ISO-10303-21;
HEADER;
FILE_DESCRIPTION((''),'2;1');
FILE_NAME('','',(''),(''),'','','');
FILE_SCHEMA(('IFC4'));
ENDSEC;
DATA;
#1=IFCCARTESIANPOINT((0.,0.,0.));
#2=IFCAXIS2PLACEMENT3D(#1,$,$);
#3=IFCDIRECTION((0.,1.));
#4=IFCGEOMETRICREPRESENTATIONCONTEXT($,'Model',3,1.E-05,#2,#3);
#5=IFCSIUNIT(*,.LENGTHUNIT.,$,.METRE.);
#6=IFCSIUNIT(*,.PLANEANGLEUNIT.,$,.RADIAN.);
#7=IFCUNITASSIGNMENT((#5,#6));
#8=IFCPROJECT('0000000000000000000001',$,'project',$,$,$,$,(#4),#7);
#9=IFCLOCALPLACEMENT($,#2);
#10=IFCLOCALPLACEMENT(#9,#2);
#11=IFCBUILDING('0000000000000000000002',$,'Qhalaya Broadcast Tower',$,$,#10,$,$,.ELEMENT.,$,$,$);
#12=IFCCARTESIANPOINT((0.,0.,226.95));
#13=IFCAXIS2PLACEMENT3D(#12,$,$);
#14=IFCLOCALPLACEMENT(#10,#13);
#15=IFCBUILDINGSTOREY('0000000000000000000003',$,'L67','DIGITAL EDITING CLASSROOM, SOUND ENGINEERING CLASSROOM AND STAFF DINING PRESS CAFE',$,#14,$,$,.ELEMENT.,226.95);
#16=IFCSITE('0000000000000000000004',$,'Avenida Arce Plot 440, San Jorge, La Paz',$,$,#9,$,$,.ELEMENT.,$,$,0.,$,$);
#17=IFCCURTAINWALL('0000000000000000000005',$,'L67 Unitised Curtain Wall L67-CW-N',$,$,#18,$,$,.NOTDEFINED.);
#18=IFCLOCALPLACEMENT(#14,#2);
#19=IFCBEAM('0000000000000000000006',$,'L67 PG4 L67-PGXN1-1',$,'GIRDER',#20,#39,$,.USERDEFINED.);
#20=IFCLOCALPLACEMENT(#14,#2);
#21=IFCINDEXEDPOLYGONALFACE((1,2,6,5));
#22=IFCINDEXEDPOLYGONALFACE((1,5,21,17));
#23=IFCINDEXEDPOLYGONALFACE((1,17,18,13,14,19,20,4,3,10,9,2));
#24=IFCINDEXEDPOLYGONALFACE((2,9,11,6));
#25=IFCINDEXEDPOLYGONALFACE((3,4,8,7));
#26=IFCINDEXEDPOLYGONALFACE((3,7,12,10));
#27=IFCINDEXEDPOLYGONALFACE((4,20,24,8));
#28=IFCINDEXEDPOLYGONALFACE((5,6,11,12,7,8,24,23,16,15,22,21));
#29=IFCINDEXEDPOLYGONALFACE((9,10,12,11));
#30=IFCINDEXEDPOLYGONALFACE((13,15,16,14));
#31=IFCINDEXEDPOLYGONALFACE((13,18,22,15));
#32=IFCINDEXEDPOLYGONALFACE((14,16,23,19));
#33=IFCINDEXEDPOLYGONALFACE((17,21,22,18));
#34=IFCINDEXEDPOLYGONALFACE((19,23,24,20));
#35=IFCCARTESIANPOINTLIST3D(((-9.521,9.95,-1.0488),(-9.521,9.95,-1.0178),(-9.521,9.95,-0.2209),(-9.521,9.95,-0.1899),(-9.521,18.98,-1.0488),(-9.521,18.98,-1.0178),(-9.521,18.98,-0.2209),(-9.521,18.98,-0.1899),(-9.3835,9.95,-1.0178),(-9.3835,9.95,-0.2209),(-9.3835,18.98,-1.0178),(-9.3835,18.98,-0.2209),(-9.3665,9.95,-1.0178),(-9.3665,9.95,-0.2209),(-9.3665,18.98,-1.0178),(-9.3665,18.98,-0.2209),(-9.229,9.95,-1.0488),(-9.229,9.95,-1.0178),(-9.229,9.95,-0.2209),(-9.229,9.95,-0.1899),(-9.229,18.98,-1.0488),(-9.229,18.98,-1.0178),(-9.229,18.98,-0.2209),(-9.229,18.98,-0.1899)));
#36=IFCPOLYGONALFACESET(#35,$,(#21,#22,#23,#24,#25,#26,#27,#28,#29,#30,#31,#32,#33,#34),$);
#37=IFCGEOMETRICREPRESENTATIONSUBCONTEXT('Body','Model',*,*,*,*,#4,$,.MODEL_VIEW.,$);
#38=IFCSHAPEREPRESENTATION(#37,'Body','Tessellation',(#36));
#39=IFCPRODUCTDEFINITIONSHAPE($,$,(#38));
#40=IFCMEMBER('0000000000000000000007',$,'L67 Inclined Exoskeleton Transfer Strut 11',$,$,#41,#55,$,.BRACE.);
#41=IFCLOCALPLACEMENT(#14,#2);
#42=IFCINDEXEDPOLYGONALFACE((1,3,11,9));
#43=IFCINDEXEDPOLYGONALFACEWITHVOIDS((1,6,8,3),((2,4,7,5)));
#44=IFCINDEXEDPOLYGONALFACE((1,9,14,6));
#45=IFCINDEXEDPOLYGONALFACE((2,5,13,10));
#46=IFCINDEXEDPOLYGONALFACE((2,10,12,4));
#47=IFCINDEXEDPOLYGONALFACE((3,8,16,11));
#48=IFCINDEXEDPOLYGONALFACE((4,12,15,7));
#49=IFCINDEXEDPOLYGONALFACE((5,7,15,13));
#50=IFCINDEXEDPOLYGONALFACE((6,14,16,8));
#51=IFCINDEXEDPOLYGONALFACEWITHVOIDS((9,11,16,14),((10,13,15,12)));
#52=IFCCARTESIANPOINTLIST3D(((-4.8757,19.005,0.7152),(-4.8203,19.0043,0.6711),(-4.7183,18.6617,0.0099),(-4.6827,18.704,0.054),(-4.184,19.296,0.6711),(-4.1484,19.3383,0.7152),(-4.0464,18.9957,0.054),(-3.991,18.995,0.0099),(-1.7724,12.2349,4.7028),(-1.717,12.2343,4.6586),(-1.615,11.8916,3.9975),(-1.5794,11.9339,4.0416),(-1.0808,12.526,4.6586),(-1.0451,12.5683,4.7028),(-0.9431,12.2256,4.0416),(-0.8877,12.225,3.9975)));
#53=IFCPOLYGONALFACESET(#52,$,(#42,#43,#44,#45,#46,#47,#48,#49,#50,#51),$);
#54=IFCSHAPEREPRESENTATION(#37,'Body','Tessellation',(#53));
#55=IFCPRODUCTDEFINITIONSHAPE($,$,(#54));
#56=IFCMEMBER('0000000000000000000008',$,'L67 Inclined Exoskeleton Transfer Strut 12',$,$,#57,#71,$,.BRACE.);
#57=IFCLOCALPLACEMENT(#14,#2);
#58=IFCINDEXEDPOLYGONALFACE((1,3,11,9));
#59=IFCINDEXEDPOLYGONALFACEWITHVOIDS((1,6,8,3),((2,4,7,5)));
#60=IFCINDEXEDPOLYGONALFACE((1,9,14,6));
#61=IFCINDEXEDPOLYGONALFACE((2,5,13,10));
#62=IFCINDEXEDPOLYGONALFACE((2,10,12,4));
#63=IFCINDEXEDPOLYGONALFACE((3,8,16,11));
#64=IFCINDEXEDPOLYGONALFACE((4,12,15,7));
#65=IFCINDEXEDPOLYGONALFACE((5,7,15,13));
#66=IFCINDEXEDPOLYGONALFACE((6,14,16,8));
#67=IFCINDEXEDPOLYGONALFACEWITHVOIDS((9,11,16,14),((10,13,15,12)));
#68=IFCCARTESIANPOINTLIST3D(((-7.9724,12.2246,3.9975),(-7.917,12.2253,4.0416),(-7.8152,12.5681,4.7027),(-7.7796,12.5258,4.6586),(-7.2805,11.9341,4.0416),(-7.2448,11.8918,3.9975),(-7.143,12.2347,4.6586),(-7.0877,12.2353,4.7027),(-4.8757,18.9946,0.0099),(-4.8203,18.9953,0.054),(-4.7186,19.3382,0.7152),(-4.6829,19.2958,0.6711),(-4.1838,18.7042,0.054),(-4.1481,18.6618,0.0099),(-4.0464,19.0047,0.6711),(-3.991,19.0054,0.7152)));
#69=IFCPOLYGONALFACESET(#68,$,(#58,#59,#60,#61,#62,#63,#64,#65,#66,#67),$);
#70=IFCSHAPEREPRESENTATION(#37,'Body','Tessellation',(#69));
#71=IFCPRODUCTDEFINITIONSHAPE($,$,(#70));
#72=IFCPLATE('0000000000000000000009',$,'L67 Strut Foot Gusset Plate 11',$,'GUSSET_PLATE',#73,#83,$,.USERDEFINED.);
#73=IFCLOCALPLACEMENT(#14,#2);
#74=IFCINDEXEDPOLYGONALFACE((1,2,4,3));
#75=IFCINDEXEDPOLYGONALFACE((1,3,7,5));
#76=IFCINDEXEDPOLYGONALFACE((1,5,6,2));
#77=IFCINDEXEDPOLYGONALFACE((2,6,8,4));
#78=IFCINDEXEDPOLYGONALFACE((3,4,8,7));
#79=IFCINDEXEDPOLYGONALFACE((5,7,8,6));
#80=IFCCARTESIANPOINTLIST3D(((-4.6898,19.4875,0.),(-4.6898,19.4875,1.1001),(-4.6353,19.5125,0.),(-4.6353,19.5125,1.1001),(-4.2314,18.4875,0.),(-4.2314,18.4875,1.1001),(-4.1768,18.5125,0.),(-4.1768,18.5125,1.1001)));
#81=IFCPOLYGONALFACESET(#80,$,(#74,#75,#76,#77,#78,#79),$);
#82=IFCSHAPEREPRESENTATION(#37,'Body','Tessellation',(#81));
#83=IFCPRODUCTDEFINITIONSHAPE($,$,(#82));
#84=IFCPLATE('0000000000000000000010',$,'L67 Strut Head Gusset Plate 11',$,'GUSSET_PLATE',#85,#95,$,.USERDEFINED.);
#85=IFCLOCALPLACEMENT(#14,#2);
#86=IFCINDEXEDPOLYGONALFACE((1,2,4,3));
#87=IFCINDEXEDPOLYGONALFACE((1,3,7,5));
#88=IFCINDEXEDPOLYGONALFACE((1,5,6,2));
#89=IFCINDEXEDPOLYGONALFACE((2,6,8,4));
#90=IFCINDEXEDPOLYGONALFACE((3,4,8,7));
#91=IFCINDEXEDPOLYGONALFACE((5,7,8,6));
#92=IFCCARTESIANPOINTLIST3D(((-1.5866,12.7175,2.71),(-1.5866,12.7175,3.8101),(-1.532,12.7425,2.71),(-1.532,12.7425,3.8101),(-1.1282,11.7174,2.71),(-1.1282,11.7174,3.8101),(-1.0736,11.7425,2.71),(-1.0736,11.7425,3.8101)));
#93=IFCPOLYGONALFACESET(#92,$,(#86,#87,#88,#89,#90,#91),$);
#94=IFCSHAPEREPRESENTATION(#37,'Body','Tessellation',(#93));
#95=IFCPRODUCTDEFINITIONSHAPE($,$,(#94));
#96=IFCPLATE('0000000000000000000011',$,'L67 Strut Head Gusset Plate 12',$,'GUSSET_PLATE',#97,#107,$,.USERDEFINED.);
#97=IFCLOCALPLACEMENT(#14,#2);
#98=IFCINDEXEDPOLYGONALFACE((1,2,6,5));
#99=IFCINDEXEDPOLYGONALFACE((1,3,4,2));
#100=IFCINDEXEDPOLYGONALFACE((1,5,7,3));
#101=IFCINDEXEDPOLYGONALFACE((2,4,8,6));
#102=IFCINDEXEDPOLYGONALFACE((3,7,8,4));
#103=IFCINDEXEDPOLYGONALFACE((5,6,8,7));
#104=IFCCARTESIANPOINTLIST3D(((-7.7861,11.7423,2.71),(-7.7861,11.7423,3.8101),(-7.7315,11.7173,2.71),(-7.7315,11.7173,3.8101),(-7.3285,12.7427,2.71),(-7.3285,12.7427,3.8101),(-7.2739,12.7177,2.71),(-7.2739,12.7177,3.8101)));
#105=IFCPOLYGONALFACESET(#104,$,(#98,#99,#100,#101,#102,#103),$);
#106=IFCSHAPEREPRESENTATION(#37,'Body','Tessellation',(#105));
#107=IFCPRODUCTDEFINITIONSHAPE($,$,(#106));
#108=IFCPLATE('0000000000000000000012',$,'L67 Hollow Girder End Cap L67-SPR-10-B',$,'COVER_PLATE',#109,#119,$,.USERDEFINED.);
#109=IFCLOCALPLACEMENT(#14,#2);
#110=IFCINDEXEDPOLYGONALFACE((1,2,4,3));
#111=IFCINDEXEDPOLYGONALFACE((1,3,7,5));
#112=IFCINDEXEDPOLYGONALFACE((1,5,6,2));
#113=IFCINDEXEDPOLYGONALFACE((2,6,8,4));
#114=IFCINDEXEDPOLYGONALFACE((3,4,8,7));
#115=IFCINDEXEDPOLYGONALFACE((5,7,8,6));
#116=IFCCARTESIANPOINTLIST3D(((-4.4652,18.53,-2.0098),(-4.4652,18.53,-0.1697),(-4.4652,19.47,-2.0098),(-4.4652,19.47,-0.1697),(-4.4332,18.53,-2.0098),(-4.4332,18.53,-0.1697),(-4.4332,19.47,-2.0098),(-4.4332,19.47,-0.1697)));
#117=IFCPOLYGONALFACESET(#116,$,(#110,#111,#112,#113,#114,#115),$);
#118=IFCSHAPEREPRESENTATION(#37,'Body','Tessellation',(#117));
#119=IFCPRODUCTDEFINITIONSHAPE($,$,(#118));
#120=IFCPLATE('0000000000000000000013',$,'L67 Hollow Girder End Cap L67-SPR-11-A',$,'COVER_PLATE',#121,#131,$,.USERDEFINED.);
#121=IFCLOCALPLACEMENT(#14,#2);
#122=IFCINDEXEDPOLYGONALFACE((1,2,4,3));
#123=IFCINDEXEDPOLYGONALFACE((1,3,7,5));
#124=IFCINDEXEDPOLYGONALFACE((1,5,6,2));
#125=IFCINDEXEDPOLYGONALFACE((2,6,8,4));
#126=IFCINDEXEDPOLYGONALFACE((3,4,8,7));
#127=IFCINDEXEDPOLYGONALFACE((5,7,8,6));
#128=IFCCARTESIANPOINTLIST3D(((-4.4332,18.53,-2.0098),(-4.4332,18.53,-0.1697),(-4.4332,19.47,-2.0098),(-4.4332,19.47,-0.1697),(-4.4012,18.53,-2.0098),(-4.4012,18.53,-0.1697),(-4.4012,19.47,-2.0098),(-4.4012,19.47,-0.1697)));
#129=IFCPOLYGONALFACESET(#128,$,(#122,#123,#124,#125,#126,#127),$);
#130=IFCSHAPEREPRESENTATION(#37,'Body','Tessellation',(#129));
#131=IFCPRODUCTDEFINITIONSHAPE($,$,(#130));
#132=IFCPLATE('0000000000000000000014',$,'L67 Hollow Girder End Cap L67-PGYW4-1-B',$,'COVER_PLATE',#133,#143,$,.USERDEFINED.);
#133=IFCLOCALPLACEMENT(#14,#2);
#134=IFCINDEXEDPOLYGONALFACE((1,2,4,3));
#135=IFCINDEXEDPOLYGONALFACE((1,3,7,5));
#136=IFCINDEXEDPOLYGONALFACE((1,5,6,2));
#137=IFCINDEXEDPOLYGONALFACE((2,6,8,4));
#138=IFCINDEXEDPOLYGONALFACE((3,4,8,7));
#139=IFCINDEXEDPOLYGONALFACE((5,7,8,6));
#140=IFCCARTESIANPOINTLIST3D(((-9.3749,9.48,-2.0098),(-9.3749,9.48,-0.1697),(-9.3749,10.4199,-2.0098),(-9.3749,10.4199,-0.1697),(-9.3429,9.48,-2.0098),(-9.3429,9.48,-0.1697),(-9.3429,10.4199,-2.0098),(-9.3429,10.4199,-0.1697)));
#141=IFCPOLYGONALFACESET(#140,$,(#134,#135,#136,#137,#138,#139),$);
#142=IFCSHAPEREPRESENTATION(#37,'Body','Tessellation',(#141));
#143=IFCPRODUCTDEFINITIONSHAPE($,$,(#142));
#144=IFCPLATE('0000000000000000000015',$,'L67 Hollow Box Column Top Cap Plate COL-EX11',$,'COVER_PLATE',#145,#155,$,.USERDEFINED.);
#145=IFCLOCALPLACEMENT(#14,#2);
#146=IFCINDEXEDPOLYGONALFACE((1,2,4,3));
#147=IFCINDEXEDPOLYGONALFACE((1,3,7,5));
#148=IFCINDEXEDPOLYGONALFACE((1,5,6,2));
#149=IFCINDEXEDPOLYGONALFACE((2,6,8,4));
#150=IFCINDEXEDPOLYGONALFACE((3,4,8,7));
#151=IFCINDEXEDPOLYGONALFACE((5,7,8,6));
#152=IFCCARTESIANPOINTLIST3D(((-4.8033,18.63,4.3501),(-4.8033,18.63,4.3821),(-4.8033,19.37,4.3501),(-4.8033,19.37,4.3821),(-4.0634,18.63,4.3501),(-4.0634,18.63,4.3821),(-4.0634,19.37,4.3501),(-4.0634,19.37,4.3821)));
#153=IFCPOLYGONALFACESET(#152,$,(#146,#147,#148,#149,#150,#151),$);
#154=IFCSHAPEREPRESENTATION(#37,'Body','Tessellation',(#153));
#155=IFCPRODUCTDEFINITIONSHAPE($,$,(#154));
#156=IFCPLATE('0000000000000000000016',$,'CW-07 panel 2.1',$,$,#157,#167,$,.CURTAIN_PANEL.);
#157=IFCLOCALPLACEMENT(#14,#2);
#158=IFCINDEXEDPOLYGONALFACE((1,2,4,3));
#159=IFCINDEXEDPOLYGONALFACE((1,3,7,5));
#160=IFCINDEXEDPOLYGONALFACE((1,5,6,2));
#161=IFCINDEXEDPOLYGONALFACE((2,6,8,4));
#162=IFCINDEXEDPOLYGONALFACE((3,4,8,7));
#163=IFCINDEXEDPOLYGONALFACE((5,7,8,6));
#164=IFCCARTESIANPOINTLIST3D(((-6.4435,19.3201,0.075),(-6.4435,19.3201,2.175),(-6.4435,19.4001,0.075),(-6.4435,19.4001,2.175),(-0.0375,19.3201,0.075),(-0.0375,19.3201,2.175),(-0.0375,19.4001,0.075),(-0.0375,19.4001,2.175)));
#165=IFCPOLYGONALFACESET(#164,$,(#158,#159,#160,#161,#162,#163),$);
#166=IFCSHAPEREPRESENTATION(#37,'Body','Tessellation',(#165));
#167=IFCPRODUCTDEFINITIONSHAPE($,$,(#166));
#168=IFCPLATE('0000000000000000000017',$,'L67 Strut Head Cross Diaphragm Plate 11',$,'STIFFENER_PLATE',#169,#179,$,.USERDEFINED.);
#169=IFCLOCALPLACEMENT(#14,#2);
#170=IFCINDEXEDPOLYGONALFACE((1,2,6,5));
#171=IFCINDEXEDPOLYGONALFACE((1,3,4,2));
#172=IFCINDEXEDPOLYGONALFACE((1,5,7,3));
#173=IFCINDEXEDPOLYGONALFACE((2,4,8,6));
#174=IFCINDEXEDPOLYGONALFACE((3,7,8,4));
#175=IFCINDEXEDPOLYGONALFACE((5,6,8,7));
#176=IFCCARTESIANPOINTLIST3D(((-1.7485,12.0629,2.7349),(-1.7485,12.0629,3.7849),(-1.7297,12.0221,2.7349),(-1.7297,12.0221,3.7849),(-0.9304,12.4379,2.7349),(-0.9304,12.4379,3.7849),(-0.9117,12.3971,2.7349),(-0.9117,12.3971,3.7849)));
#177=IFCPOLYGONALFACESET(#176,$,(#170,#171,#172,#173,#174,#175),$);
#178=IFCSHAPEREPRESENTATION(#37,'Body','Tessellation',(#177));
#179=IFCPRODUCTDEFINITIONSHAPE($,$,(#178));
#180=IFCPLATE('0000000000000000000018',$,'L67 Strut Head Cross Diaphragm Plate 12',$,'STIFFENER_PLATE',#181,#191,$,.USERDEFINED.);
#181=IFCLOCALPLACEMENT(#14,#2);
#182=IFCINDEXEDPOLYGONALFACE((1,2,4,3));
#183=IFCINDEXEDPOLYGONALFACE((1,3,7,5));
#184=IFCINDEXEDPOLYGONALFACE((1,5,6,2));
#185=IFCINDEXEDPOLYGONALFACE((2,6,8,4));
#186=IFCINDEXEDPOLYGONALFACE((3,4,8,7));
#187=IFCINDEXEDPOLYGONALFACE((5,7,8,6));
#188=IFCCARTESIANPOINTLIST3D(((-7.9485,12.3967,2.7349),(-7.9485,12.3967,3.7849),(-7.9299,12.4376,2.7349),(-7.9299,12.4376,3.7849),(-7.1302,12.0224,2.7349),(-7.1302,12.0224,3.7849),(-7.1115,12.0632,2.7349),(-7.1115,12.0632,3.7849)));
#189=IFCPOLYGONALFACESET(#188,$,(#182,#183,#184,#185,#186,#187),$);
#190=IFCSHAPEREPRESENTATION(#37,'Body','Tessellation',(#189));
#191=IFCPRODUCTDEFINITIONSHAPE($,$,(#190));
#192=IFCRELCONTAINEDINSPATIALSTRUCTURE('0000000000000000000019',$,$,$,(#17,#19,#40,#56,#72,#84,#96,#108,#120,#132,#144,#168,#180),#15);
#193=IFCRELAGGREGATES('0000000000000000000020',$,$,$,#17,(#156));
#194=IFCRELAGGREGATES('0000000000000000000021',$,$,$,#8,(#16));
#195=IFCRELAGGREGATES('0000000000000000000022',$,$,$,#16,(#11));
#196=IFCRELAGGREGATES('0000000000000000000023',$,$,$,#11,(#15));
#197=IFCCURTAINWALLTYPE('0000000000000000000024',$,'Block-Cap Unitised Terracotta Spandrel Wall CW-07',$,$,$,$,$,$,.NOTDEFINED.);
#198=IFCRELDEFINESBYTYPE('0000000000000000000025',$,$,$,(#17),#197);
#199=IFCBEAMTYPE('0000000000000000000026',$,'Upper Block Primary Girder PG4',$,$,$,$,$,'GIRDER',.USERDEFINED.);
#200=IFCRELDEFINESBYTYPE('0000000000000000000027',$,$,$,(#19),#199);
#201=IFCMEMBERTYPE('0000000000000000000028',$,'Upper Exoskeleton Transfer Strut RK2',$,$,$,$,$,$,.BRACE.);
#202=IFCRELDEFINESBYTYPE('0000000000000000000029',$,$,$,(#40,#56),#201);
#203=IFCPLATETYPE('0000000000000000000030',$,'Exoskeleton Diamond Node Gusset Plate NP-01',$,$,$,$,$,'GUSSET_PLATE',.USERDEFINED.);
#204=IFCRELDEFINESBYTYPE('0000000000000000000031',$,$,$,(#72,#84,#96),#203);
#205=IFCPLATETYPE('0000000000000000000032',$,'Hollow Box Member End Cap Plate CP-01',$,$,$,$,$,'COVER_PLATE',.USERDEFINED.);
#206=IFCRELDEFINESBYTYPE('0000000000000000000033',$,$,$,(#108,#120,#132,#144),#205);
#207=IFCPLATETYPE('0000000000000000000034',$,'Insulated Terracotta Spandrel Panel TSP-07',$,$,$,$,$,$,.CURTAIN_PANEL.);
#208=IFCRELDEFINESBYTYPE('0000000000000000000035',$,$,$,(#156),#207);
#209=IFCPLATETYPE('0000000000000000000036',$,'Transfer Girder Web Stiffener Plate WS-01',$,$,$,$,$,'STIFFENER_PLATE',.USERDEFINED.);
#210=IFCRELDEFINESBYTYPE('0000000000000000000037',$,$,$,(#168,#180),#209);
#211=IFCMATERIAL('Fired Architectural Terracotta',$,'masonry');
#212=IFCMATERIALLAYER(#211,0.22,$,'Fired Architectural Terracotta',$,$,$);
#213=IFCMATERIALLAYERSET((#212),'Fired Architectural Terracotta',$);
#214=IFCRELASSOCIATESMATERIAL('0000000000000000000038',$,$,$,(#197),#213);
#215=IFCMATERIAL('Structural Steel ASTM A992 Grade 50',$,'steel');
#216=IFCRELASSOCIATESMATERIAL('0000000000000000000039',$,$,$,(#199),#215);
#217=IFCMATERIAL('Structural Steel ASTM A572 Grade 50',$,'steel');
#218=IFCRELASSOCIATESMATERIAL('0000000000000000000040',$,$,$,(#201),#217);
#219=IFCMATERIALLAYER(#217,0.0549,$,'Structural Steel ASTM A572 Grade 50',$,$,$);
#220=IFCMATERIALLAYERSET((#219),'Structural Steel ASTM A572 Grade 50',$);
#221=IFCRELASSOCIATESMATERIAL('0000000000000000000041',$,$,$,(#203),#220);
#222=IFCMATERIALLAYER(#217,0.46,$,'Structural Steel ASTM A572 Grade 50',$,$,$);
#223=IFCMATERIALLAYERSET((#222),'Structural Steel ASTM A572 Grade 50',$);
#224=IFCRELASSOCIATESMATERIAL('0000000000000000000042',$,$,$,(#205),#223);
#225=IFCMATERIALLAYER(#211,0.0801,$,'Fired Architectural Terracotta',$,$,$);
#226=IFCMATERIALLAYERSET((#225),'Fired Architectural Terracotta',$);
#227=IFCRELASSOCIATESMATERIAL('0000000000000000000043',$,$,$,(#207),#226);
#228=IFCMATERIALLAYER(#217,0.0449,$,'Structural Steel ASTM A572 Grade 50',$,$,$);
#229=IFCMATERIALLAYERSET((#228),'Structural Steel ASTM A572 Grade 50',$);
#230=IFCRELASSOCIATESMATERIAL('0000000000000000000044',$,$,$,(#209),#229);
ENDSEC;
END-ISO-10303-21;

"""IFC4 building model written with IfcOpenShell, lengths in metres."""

from ifc_helpers import new_model, si_unit, direction, frame, origin, origin_2d, place, context, subcontext, project, spatial, rectangle, hollow_rectangle, i_section, extrude, material, layer, layer_set, material_profile, profile_set, type_object, element, aggregate, save


model = new_model("IFC4")

# Units and contexts
model_context = context("Model", 3, precision=1e-05, world=origin(), true_north=direction((0.0, 1.0)))
body_context = subcontext(model_context, "Body", "Model", "MODEL_VIEW")
ifc_project = project(units=[si_unit("LENGTHUNIT", "METRE"), si_unit("PLANEANGLEUNIT", "RADIAN")], contexts=[model_context])

# Site, building, storey
site_placement = place(None, origin())
site = spatial("IfcSite", under=ifc_project, at=site_placement, Name="Avenida Arce Plot 440, San Jorge, La Paz", CompositionType="ELEMENT", RefElevation=0.0)
building_placement = place(site_placement, origin())
building = spatial("IfcBuilding", under=site, at=building_placement, Name="Qhalaya Broadcast Tower", CompositionType="ELEMENT")
storey_placement = place(building_placement, frame((0.0, 0.0, 226.95)))
storey = spatial("IfcBuildingStorey", under=building, at=storey_placement, Name="L67", Description="DIGITAL EDITING CLASSROOM, SOUND ENGINEERING CLASSROOM AND STAFF DINING PRESS CAFE", CompositionType="ELEMENT", Elevation=226.95)

# Shared definitions
ifc_material_1 = material(Name="Structural Steel ASTM A572 Grade 50", Category="steel")

# Shared definitions
ifc_material_2 = material(Name="Structural Steel ASTM A992 Grade 50", Category="steel")

# Curtain wall
ifc_material_3 = material(Name="Fired Architectural Terracotta", Category="masonry")
ifc_layer_1 = layer(ifc_material_3, 0.22, Name="Fired Architectural Terracotta")
ifc_layer_set_1 = layer_set([ifc_layer_1], Name="Fired Architectural Terracotta")
curtain_wall_type = type_object("IfcCurtainWallType", Name="Block-Cap Unitised Terracotta Spandrel Wall CW-07", PredefinedType="NOTDEFINED", material=ifc_layer_set_1)
curtain_wall_placement = place(storey_placement, origin())
curtain_wall = element("IfcCurtainWall", 1, at=curtain_wall_placement, inside=storey, type_object=curtain_wall_type, Name="L67 Unitised Curtain Wall L67-CW-N", PredefinedType="NOTDEFINED")

# Beam
ifc_material_profile_1 = material_profile(ifc_material_2, i_section(OverallWidth=0.292, OverallDepth=0.8589, WebThickness=0.0171, FlangeThickness=0.031, at=origin_2d()), Name="W33X169")
ifc_profile_set_1 = profile_set([ifc_material_profile_1], Name="Structural Steel ASTM A992 Grade 50")
beam_type_1 = type_object("IfcBeamType", Name="Upper Block Primary Girder PG4", ElementType="GIRDER", PredefinedType="USERDEFINED", material=ifc_profile_set_1)
beam_1_placement = place(storey_placement, frame((-9.375, 9.95, -0.6194), z_axis=(0.0, 1.0, 0.0), x_axis=(-1.0, 0.0, 0.0)))
element("IfcBeam", 2, at=beam_1_placement, inside=storey, type_object=beam_type_1, Name="L67 PG4 L67-PGXN1-1", ObjectType="GIRDER", PredefinedType="USERDEFINED", context=body_context, shape_type="SweptSolid", body=[
    extrude(i_section(OverallWidth=0.292, OverallDepth=0.8589, WebThickness=0.0171, FlangeThickness=0.031, at=origin_2d()), origin(), (0.0, 0.0, 1.0), 9.03),
])

# Members
ifc_material_profile_2 = material_profile(ifc_material_1, hollow_rectangle(XDim=0.8, YDim=0.8, WallThickness=0.05, at=origin_2d()), Name="BOX 800x800x50")
ifc_profile_set_2 = profile_set([ifc_material_profile_2], Name="Structural Steel ASTM A572 Grade 50")
member_type_1 = type_object("IfcMemberType", Name="Upper Exoskeleton Transfer Strut RK2", PredefinedType="BRACE", material=ifc_profile_set_2)
member_1_placement = place(storey_placement, frame((-4.4333, 19.0, 0.3625), z_axis=(0.36735, -0.801402, 0.472027), x_axis=(0.909047, 0.416693, 0.0)))
element("IfcMember", 3, at=member_1_placement, inside=storey, type_object=member_type_1, Name="L67 Inclined Exoskeleton Transfer Strut 11", PredefinedType="BRACE", context=body_context, shape_type="SweptSolid", body=[
    extrude(hollow_rectangle(XDim=0.8, YDim=0.8, WallThickness=0.05, at=origin_2d()), origin(), (0.0, 0.0, 1.0), 8.4478),
])
member_2_placement = place(storey_placement, frame((-4.4333, 19.0, 0.3625), z_axis=(-0.366675, -0.801631, 0.472162), x_axis=(0.909382, -0.415961, 0.0)))
element("IfcMember", 4, at=member_2_placement, inside=storey, type_object=member_type_1, Name="L67 Inclined Exoskeleton Transfer Strut 12", PredefinedType="BRACE", context=body_context, shape_type="SweptSolid", body=[
    extrude(hollow_rectangle(XDim=0.8, YDim=0.8, WallThickness=0.05, at=origin_2d()), origin(), (0.0, 0.0, 1.0), 8.4453),
])

# Plates
ifc_layer_2 = layer(ifc_material_1, 0.0549, Name="Structural Steel ASTM A572 Grade 50")
ifc_layer_set_2 = layer_set([ifc_layer_2], Name="Structural Steel ASTM A572 Grade 50")
plate_type_1 = type_object("IfcPlateType", Name="Exoskeleton Diamond Node Gusset Plate NP-01", ElementType="GUSSET_PLATE", PredefinedType="USERDEFINED", material=ifc_layer_set_2)
for number, where, z_axis, x_axis, name in (
    (5, (-4.4333, 19.0, 0.0), (0.0, 0.0, 1.0), (0.416693, -0.909047, 0.0), "L67 Strut Foot Gusset Plate 11"),
    (6, (-1.3301, 12.23, 2.71), (0.0, 0.0, 1.0), (0.416693, -0.909047, 0.0), "L67 Strut Head Gusset Plate 11"),
    (7, (-7.53, 12.23, 2.71), (0.0, 0.0, 1.0), (-0.415963, -0.909381, 0.0), "L67 Strut Head Gusset Plate 12"),
):
    element("IfcPlate", number, at=place(storey_placement, frame(where, z_axis=z_axis, x_axis=x_axis)), inside=storey, type_object=plate_type_1, Name=name, ObjectType="GUSSET_PLATE", PredefinedType="USERDEFINED", context=body_context, shape_type="SweptSolid", body=[
        extrude(rectangle(XDim=1.1001, YDim=0.0601, at=origin_2d()), origin(), (0.0, 0.0, 1.0), 1.1001),
    ])
ifc_layer_3 = layer(ifc_material_1, 0.46, Name="Structural Steel ASTM A572 Grade 50")
ifc_layer_set_3 = layer_set([ifc_layer_3], Name="Structural Steel ASTM A572 Grade 50")
plate_type_2 = type_object("IfcPlateType", Name="Hollow Box Member End Cap Plate CP-01", ElementType="COVER_PLATE", PredefinedType="USERDEFINED", material=ifc_layer_set_3)
for number, where, z_axis, x_axis, name in (
    (8, (-4.4492, 19.0, -2.0098), (0.0, 0.0, 1.0), (0.0, -1.0, 0.0), "L67 Hollow Girder End Cap L67-SPR-10-B"),
    (9, (-4.4172, 19.0, -2.0098), (0.0, 0.0, 1.0), (0.0, -1.0, 0.0), "L67 Hollow Girder End Cap L67-SPR-11-A"),
    (10, (-9.3589, 9.95, -2.0098), (0.0, 0.0, 1.0), (0.0, 1.0, 0.0), "L67 Hollow Girder End Cap L67-PGYW4-1-B"),
):
    element("IfcPlate", number, at=place(storey_placement, frame(where, z_axis=z_axis, x_axis=x_axis)), inside=storey, type_object=plate_type_2, Name=name, ObjectType="COVER_PLATE", PredefinedType="USERDEFINED", context=body_context, shape_type="SweptSolid", body=[
        extrude(rectangle(XDim=0.9399, YDim=0.032, at=origin_2d()), origin(), (0.0, 0.0, 1.0), 1.8401),
    ])
plate_1_placement = place(storey_placement, frame((-4.4333, 19.0, 4.3501), z_axis=(0.0, 0.0, 1.0), x_axis=(1.0, 0.0, 0.0)))
element("IfcPlate", 11, at=plate_1_placement, inside=storey, type_object=plate_type_2, Name="L67 Hollow Box Column Top Cap Plate COL-EX11", ObjectType="COVER_PLATE", PredefinedType="USERDEFINED", context=body_context, shape_type="SweptSolid", body=[
    extrude(rectangle(XDim=0.74, YDim=0.74, at=origin_2d()), origin(), (0.0, 0.0, 1.0), 0.032),
])

# Plate
ifc_layer_4 = layer(ifc_material_3, 0.0801, Name="Fired Architectural Terracotta")
ifc_layer_set_4 = layer_set([ifc_layer_4], Name="Fired Architectural Terracotta")
plate_type_3 = type_object("IfcPlateType", Name="Insulated Terracotta Spandrel Panel TSP-07", PredefinedType="CURTAIN_PANEL", material=ifc_layer_set_4)
plate_2_placement = place(storey_placement, frame((-3.2405, 19.3601, 0.075), z_axis=(0.0, 0.0, 1.0), x_axis=(1.0, 0.0, 0.0)))
plate_2 = element("IfcPlate", 12, at=plate_2_placement, type_object=plate_type_3, Name="CW-07 panel 2.1", PredefinedType="CURTAIN_PANEL", context=body_context, shape_type="SweptSolid", body=[
    extrude(rectangle(XDim=6.406, YDim=0.0801, at=origin_2d()), origin(), (0.0, 0.0, 1.0), 2.1001),
])
aggregate(curtain_wall, [plate_2])

# Plates
ifc_layer_5 = layer(ifc_material_1, 0.0449, Name="Structural Steel ASTM A572 Grade 50")
ifc_layer_set_5 = layer_set([ifc_layer_5], Name="Structural Steel ASTM A572 Grade 50")
plate_type_4 = type_object("IfcPlateType", Name="Transfer Girder Web Stiffener Plate WS-01", ElementType="STIFFENER_PLATE", PredefinedType="USERDEFINED", material=ifc_layer_set_5)
for number, where, z_axis, x_axis, name in (
    (13, (-1.3301, 12.23, 2.7349), (0.0, 0.0, 1.0), (0.909047, 0.416693, 0.0), "L67 Strut Head Cross Diaphragm Plate 11"),
    (14, (-7.53, 12.23, 2.7349), (0.0, 0.0, 1.0), (0.909381, -0.415963, 0.0), "L67 Strut Head Cross Diaphragm Plate 12"),
):
    element("IfcPlate", number, at=place(storey_placement, frame(where, z_axis=z_axis, x_axis=x_axis)), inside=storey, type_object=plate_type_4, Name=name, ObjectType="STIFFENER_PLATE", PredefinedType="USERDEFINED", context=body_context, shape_type="SweptSolid", body=[
        extrude(rectangle(XDim=0.8999, YDim=0.0449, at=origin_2d()), origin(), (0.0, 0.0, 1.0), 1.05),
    ])

save(model, "model.ifc")
